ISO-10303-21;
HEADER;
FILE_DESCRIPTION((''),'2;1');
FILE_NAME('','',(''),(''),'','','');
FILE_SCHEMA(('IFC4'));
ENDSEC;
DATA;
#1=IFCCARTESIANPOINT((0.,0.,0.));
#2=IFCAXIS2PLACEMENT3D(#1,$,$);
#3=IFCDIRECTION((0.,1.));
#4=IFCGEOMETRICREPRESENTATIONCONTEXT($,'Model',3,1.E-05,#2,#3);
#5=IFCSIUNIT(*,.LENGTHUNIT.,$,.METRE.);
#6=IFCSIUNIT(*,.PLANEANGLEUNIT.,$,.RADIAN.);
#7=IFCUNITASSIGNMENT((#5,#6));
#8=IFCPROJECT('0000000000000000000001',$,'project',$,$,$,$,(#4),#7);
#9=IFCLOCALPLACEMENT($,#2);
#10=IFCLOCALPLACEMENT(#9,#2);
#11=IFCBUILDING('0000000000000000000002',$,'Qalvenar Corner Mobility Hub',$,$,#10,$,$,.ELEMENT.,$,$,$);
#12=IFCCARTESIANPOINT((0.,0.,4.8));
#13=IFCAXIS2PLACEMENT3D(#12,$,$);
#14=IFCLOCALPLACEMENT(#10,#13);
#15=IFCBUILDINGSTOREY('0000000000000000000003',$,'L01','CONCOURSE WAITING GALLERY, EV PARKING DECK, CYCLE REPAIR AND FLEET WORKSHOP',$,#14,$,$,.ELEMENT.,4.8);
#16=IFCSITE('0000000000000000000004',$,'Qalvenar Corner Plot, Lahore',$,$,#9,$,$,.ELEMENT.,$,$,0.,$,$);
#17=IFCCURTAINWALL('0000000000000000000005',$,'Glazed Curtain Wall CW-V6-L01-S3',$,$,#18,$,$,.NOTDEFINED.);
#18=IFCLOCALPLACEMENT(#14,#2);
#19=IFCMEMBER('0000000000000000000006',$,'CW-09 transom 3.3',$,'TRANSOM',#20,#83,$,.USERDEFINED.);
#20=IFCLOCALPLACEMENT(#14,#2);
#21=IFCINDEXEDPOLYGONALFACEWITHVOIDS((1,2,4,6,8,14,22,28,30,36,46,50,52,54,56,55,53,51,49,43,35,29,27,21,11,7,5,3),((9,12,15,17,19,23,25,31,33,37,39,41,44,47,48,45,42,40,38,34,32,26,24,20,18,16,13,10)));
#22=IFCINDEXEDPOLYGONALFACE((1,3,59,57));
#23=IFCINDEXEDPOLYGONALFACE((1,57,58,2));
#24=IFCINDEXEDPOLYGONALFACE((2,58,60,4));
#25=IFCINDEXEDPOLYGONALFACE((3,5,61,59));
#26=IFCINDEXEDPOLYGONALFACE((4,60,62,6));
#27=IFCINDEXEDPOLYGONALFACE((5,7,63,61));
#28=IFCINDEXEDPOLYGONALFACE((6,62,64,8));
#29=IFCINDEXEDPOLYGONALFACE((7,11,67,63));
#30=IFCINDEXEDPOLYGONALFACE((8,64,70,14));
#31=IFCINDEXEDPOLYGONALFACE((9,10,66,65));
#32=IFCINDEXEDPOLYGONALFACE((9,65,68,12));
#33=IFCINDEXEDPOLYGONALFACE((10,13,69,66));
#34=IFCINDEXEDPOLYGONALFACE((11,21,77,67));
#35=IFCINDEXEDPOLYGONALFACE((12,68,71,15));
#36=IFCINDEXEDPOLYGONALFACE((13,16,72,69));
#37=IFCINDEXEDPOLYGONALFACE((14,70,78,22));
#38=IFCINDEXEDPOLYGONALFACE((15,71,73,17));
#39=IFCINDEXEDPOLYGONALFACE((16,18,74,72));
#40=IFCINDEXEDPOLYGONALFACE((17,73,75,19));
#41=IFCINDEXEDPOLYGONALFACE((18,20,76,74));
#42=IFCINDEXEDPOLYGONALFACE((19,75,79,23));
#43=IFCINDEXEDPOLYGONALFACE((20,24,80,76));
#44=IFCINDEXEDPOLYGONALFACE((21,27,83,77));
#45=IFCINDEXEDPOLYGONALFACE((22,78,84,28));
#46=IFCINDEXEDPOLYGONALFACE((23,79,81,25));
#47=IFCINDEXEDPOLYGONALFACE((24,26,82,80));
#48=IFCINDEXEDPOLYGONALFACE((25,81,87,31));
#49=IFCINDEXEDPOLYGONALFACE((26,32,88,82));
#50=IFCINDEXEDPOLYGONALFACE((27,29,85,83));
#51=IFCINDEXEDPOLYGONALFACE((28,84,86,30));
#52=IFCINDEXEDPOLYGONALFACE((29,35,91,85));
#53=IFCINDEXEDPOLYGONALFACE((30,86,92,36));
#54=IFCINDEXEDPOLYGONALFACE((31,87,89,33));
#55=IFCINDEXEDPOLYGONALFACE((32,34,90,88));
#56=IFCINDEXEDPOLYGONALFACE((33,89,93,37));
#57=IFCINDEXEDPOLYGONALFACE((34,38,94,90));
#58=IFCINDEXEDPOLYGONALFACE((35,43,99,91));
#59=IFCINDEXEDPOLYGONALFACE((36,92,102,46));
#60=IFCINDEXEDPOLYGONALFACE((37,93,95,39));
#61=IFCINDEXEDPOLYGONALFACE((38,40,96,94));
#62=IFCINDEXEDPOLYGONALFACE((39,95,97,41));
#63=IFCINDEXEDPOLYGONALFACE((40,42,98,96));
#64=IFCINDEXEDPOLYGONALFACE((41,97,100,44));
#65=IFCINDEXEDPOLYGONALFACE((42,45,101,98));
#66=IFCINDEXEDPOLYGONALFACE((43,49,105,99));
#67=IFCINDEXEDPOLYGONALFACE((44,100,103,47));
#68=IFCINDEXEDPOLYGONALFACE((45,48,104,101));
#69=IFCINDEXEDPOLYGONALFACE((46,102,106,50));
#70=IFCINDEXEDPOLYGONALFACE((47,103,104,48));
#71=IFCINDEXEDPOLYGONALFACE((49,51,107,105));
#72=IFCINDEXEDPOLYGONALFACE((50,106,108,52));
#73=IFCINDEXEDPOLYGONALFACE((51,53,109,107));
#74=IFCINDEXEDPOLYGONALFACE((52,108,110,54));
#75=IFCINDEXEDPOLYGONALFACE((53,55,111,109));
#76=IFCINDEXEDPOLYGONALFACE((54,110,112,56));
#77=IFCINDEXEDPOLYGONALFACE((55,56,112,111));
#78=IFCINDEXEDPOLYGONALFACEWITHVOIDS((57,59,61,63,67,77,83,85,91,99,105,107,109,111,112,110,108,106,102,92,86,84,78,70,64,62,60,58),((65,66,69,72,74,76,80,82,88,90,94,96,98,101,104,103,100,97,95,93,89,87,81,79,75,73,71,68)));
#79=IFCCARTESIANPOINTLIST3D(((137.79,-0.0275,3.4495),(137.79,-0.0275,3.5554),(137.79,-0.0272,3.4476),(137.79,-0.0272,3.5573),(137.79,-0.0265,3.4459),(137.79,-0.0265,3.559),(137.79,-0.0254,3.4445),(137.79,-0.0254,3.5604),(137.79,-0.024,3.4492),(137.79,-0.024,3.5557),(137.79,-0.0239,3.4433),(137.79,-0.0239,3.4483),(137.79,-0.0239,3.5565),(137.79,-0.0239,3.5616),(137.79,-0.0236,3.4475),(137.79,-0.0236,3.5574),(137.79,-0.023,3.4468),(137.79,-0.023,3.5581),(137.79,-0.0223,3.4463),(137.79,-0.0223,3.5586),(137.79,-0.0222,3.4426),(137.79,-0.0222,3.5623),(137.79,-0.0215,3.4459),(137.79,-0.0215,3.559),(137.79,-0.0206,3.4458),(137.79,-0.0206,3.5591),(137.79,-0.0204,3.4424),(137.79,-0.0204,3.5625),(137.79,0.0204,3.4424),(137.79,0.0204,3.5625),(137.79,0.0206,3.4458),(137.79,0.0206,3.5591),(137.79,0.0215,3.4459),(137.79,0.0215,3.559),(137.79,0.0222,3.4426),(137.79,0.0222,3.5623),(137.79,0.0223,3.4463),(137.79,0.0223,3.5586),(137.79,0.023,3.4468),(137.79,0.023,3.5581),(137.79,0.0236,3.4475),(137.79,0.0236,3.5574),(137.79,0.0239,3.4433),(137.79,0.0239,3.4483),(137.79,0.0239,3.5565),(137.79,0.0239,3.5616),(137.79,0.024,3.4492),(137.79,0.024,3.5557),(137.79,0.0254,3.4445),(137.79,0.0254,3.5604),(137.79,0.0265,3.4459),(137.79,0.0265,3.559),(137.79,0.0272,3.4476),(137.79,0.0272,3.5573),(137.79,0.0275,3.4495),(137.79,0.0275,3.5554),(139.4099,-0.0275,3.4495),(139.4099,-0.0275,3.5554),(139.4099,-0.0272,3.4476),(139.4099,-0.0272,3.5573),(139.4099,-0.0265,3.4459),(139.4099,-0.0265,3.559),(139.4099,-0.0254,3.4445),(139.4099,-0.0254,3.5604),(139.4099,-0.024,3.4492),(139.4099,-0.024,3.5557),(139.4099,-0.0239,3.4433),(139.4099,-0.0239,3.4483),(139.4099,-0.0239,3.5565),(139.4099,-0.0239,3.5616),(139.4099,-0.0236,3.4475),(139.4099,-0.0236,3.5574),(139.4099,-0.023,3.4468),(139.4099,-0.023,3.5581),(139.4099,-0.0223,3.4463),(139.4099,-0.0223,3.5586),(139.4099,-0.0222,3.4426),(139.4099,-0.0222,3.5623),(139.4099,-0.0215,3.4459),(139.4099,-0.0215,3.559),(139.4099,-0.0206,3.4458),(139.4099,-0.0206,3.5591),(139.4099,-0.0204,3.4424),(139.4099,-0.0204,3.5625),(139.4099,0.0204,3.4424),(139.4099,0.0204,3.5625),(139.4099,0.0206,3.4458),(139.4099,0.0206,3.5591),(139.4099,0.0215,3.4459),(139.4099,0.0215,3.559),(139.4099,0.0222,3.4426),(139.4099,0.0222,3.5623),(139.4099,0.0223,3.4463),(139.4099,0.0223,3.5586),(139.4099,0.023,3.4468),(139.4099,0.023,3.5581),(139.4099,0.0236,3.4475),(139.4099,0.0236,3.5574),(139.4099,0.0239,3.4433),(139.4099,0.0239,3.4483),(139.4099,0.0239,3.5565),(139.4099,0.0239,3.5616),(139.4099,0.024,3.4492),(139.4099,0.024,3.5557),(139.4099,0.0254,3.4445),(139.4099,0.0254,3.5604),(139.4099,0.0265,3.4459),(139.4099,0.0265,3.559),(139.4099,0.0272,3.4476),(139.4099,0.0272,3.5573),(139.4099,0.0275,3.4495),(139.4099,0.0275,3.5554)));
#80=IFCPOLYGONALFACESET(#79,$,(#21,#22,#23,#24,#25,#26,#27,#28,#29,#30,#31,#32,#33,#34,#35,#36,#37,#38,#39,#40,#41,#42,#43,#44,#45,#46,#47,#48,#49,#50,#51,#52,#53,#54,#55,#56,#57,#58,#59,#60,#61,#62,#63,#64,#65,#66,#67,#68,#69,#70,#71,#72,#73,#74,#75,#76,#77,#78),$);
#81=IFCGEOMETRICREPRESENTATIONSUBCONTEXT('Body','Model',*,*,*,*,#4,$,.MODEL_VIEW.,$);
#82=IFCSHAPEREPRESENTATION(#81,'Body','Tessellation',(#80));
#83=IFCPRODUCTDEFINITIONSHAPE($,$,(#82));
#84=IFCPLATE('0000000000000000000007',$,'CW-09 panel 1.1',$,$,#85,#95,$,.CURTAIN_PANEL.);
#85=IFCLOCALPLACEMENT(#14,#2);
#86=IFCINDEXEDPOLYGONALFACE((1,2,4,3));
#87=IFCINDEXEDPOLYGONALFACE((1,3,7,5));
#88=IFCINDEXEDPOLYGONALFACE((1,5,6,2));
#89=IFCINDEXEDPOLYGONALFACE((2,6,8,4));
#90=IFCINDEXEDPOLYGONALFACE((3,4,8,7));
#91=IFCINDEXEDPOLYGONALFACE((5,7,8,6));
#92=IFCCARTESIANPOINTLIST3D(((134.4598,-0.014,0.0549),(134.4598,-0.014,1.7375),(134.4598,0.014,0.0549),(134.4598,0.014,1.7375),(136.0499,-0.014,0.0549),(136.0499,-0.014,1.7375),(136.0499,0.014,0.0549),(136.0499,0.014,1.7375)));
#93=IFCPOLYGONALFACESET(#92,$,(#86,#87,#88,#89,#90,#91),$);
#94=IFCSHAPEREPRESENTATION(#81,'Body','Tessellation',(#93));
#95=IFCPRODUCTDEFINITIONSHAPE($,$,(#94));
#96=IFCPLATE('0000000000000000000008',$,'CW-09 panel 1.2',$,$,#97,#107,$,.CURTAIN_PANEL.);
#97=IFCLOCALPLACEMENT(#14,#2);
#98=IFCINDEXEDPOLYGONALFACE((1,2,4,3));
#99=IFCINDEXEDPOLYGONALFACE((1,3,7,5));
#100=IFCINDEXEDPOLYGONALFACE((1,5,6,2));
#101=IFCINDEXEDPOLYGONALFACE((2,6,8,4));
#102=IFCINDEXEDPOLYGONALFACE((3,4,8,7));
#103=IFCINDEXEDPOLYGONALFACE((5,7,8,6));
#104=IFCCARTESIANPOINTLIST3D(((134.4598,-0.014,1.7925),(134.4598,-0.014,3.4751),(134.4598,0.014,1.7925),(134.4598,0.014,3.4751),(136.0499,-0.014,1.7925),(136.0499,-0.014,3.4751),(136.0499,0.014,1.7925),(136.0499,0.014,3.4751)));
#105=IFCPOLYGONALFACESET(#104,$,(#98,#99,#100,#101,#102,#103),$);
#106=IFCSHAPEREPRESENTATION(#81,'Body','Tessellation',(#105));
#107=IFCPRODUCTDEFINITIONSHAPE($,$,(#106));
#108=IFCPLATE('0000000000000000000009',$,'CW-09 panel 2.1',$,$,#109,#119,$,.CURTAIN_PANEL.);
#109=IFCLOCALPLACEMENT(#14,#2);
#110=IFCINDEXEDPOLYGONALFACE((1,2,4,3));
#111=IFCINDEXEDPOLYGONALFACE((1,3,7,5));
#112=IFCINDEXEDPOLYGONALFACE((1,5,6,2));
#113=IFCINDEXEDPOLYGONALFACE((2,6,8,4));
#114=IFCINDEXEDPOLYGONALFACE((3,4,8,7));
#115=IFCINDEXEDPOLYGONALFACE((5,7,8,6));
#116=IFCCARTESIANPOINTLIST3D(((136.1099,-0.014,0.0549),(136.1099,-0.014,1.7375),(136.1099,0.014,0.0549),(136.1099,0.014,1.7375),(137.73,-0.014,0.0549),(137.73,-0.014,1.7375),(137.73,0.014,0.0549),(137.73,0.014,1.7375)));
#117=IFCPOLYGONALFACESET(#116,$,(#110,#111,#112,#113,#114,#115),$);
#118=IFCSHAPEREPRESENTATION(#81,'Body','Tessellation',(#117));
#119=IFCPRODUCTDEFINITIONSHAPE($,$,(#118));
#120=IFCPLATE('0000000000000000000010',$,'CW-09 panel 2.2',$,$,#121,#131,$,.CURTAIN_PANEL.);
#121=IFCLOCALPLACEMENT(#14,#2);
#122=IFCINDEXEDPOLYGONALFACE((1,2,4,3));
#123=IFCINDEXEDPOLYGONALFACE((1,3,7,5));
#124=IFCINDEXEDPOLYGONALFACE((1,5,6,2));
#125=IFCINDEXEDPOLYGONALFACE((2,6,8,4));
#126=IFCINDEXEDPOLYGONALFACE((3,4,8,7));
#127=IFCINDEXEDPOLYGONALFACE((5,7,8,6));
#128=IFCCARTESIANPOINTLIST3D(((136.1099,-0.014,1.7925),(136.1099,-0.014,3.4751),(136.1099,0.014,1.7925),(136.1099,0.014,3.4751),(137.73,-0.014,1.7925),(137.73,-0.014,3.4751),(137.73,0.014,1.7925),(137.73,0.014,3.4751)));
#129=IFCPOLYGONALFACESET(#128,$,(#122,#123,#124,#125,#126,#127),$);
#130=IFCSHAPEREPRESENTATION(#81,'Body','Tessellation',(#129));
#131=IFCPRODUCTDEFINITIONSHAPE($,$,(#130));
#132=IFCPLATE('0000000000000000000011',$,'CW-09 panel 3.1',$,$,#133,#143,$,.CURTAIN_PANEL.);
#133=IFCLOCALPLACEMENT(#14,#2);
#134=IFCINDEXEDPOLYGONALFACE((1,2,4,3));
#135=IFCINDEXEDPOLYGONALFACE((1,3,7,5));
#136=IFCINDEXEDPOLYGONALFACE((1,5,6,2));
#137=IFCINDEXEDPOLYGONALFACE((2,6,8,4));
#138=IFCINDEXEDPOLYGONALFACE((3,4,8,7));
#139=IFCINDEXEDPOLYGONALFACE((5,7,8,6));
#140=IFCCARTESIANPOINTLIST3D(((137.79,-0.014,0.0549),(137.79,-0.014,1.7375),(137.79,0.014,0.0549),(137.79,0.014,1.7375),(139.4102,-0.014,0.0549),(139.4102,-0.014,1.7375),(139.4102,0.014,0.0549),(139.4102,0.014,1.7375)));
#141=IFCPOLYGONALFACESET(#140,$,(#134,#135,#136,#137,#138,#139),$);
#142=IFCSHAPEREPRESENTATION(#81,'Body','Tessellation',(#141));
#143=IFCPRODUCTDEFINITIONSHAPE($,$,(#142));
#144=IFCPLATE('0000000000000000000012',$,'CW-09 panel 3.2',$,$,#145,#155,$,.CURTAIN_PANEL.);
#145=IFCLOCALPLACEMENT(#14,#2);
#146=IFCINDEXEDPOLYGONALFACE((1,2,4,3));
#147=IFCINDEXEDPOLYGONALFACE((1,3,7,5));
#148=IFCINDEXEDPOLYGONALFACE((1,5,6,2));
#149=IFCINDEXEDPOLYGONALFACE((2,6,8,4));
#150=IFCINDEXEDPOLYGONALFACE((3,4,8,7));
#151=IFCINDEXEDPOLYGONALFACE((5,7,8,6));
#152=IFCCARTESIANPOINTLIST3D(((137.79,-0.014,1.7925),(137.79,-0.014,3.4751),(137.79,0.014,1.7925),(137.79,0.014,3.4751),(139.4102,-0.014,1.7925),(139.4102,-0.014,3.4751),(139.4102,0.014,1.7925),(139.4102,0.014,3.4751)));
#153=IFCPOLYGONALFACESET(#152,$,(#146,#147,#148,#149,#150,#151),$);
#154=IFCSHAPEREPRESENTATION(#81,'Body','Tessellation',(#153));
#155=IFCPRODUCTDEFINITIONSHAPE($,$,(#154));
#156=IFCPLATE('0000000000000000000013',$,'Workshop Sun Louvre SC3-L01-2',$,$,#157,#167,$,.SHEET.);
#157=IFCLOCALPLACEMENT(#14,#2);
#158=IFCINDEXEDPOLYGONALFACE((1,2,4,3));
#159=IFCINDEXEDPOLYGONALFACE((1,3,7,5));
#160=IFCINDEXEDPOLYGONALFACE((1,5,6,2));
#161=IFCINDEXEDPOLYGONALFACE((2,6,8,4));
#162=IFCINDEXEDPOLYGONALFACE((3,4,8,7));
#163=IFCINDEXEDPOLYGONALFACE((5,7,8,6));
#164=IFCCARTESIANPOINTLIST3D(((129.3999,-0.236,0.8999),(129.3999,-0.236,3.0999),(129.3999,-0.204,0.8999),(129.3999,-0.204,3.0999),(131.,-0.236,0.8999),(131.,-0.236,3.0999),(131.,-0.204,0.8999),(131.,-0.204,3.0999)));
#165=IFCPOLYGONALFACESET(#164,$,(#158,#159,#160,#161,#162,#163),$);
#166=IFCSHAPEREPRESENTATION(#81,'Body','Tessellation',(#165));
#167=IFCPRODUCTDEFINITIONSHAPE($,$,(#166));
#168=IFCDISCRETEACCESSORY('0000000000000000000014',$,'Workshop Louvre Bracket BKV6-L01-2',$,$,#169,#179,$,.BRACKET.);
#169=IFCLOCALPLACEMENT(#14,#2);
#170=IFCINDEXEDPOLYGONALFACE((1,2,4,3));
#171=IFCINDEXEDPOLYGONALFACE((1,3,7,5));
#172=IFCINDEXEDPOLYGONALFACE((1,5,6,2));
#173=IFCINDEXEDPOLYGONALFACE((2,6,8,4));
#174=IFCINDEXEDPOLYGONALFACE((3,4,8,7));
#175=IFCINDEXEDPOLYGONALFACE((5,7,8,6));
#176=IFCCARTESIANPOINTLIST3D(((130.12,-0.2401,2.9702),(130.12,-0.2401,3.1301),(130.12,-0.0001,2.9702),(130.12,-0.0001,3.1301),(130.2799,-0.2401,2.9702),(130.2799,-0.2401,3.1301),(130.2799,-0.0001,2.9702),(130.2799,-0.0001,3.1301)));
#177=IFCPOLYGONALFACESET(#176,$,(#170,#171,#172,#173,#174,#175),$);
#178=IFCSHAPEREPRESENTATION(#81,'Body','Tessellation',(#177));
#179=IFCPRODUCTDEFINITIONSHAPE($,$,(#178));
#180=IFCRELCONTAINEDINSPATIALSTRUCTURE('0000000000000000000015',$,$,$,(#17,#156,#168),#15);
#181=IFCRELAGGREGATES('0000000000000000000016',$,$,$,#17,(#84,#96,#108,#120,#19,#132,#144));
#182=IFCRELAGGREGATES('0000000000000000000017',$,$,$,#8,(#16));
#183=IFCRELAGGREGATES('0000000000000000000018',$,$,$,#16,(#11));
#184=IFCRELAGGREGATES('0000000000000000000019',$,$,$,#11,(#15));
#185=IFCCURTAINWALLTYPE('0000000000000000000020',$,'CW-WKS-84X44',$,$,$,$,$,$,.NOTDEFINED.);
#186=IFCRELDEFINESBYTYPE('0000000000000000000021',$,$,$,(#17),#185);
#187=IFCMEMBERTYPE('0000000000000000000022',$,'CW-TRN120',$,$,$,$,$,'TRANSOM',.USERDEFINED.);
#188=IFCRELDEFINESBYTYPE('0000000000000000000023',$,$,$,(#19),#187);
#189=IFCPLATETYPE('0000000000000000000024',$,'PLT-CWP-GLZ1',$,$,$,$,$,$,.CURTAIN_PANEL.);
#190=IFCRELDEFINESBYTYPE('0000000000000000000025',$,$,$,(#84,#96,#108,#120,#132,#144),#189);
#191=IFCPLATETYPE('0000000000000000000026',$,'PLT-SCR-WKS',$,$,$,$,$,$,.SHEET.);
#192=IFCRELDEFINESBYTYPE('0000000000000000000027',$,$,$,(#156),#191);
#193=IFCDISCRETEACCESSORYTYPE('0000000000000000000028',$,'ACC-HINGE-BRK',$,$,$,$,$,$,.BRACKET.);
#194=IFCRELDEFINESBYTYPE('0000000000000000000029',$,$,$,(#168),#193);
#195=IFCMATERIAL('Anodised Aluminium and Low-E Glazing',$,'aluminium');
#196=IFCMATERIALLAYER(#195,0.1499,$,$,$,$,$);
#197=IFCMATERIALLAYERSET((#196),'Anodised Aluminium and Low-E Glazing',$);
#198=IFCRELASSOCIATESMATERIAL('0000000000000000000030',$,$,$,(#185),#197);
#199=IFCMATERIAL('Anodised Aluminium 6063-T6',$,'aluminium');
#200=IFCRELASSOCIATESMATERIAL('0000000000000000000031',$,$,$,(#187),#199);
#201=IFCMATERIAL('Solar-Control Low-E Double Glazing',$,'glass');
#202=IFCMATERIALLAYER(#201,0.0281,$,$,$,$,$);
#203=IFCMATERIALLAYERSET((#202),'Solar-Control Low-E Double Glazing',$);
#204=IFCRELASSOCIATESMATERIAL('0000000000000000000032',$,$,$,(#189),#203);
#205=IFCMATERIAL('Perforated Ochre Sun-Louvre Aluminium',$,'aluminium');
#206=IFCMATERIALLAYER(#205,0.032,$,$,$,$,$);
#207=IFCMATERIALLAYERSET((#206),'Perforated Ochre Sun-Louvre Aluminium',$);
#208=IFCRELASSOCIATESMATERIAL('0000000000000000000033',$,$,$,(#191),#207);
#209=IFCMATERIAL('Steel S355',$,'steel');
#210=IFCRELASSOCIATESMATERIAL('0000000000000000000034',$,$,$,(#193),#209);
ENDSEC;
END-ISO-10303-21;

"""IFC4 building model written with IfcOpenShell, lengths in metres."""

from ifc_helpers import new_model, si_unit, direction, frame, origin, origin_2d, place, context, subcontext, project, spatial, rectangle, hollow_rectangle, extrude, material, layer, layer_set, material_profile, profile_set, type_object, element, aggregate, save


model = new_model("IFC4")

# Units and contexts
model_context = context("Model", 3, precision=1e-05, world=origin(), true_north=direction((0.0, 1.0)))
body_context = subcontext(model_context, "Body", "Model", "MODEL_VIEW")
ifc_project = project(units=[si_unit("LENGTHUNIT", "METRE"), si_unit("PLANEANGLEUNIT", "RADIAN")], contexts=[model_context])

# Site, building, storey
site_placement = place(None, origin())
site = spatial("IfcSite", under=ifc_project, at=site_placement, Name="Qalvenar Corner Plot, Lahore", CompositionType="ELEMENT", RefElevation=0.0)
building_placement = place(site_placement, origin())
building = spatial("IfcBuilding", under=site, at=building_placement, Name="Qalvenar Corner Mobility Hub", CompositionType="ELEMENT")
storey_placement = place(building_placement, frame((0.0, 0.0, 4.8)))
storey = spatial("IfcBuildingStorey", under=building, at=storey_placement, Name="L01", Description="CONCOURSE WAITING GALLERY, EV PARKING DECK, CYCLE REPAIR AND FLEET WORKSHOP", CompositionType="ELEMENT", Elevation=4.8)

# Shared definitions
ifc_material_1 = material(Name="Steel S355", Category="steel")

# Curtain wall, member, plates
ifc_material_2 = material(Name="Anodised Aluminium and Low-E Glazing", Category="aluminium")
ifc_layer_1 = layer(ifc_material_2, 0.1499)
ifc_layer_set_1 = layer_set([ifc_layer_1], Name="Anodised Aluminium and Low-E Glazing")
curtain_wall_type = type_object("IfcCurtainWallType", Name="CW-WKS-84X44", PredefinedType="NOTDEFINED", material=ifc_layer_set_1)
curtain_wall_placement = place(storey_placement, origin())
curtain_wall = element("IfcCurtainWall", 1, at=curtain_wall_placement, inside=storey, type_object=curtain_wall_type, Name="Glazed Curtain Wall CW-V6-L01-S3", PredefinedType="NOTDEFINED")
ifc_material_3 = material(Name="Anodised Aluminium 6063-T6", Category="aluminium")
ifc_material_profile_1 = material_profile(ifc_material_3, hollow_rectangle(XDim=0.0549, YDim=0.1201, WallThickness=0.0034, InnerFilletRadius=0.0034, OuterFilletRadius=0.0071, at=origin_2d()), Name="RHS120x55x3.5")
ifc_profile_set_1 = profile_set([ifc_material_profile_1], Name="Anodised Aluminium 6063-T6")
member_type_1 = type_object("IfcMemberType", Name="CW-TRN120", ElementType="TRANSOM", PredefinedType="USERDEFINED", material=ifc_profile_set_1)
member_1_placement = place(storey_placement, frame((137.79, 0.0, 3.5024), z_axis=(1.0, 0.0, 0.0), x_axis=(0.0, 1.0, 0.0)))
member_1 = element("IfcMember", 2, at=member_1_placement, type_object=member_type_1, Name="CW-09 transom 3.3", ObjectType="TRANSOM", PredefinedType="USERDEFINED", context=body_context, shape_type="SweptSolid", body=[
    extrude(hollow_rectangle(XDim=0.0549, YDim=0.1201, WallThickness=0.0034, InnerFilletRadius=0.0034, OuterFilletRadius=0.0071, at=origin_2d()), origin(), (0.0, 0.0, 1.0), 1.6199),
])
ifc_material_4 = material(Name="Solar-Control Low-E Double Glazing", Category="glass")
ifc_layer_2 = layer(ifc_material_4, 0.0281)
ifc_layer_set_2 = layer_set([ifc_layer_2], Name="Solar-Control Low-E Double Glazing")
plate_type_1 = type_object("IfcPlateType", Name="PLT-CWP-GLZ1", PredefinedType="CURTAIN_PANEL", material=ifc_layer_set_2)
plate_1_placement = place(storey_placement, frame((135.2549, 0.0, 0.0549), z_axis=(0.0, 0.0, 1.0), x_axis=(1.0, 0.0, 0.0)))
plate_1 = element("IfcPlate", 3, at=plate_1_placement, type_object=plate_type_1, Name="CW-09 panel 1.1", PredefinedType="CURTAIN_PANEL", context=body_context, shape_type="SweptSolid", body=[
    extrude(rectangle(XDim=1.5901, YDim=0.0281, at=origin_2d()), origin(), (0.0, 0.0, 1.0), 1.6826),
])
plate_2_placement = place(storey_placement, frame((135.2549, 0.0, 1.7925), z_axis=(0.0, 0.0, 1.0), x_axis=(1.0, 0.0, 0.0)))
plate_2 = element("IfcPlate", 4, at=plate_2_placement, type_object=plate_type_1, Name="CW-09 panel 1.2", PredefinedType="CURTAIN_PANEL", context=body_context, shape_type="SweptSolid", body=[
    extrude(rectangle(XDim=1.5901, YDim=0.0281, at=origin_2d()), origin(), (0.0, 0.0, 1.0), 1.6826),
])
plate_3_placement = place(storey_placement, frame((136.9199, 0.0, 0.0549), z_axis=(0.0, 0.0, 1.0), x_axis=(1.0, 0.0, 0.0)))
plate_3 = element("IfcPlate", 5, at=plate_3_placement, type_object=plate_type_1, Name="CW-09 panel 2.1", PredefinedType="CURTAIN_PANEL", context=body_context, shape_type="SweptSolid", body=[
    extrude(rectangle(XDim=1.6201, YDim=0.0281, at=origin_2d()), origin(), (0.0, 0.0, 1.0), 1.6826),
])
plate_4_placement = place(storey_placement, frame((136.9199, 0.0, 1.7925), z_axis=(0.0, 0.0, 1.0), x_axis=(1.0, 0.0, 0.0)))
plate_4 = element("IfcPlate", 6, at=plate_4_placement, type_object=plate_type_1, Name="CW-09 panel 2.2", PredefinedType="CURTAIN_PANEL", context=body_context, shape_type="SweptSolid", body=[
    extrude(rectangle(XDim=1.6201, YDim=0.0281, at=origin_2d()), origin(), (0.0, 0.0, 1.0), 1.6826),
])
plate_5_placement = place(storey_placement, frame((138.6001, 0.0, 0.0549), z_axis=(0.0, 0.0, 1.0), x_axis=(1.0, 0.0, 0.0)))
plate_5 = element("IfcPlate", 7, at=plate_5_placement, type_object=plate_type_1, Name="CW-09 panel 3.1", PredefinedType="CURTAIN_PANEL", context=body_context, shape_type="SweptSolid", body=[
    extrude(rectangle(XDim=1.6201, YDim=0.0281, at=origin_2d()), origin(), (0.0, 0.0, 1.0), 1.6826),
])
plate_6_placement = place(storey_placement, frame((138.6001, 0.0, 1.7925), z_axis=(0.0, 0.0, 1.0), x_axis=(1.0, 0.0, 0.0)))
plate_6 = element("IfcPlate", 8, at=plate_6_placement, type_object=plate_type_1, Name="CW-09 panel 3.2", PredefinedType="CURTAIN_PANEL", context=body_context, shape_type="SweptSolid", body=[
    extrude(rectangle(XDim=1.6201, YDim=0.0281, at=origin_2d()), origin(), (0.0, 0.0, 1.0), 1.6826),
])
aggregate(curtain_wall, [plate_1, plate_2, plate_3, plate_4, member_1, plate_5, plate_6])

# Plate
ifc_material_5 = material(Name="Perforated Ochre Sun-Louvre Aluminium", Category="aluminium")
ifc_layer_3 = layer(ifc_material_5, 0.032)
ifc_layer_set_3 = layer_set([ifc_layer_3], Name="Perforated Ochre Sun-Louvre Aluminium")
plate_type_2 = type_object("IfcPlateType", Name="PLT-SCR-WKS", PredefinedType="SHEET", material=ifc_layer_set_3)
plate_7_placement = place(storey_placement, frame((130.2, -0.22, 0.8999), z_axis=(0.0, 0.0, 1.0), x_axis=(1.0, 0.0, 0.0)))
element("IfcPlate", 9, at=plate_7_placement, inside=storey, type_object=plate_type_2, Name="Workshop Sun Louvre SC3-L01-2", PredefinedType="SHEET", context=body_context, shape_type="SweptSolid", body=[
    extrude(rectangle(XDim=1.6001, YDim=0.032, at=origin_2d()), origin(), (0.0, 0.0, 1.0), 2.2),
])

# Discrete accessory
discrete_accessory_type = type_object("IfcDiscreteAccessoryType", Name="ACC-HINGE-BRK", PredefinedType="BRACKET", material=ifc_material_1)
discrete_accessory_placement = place(storey_placement, frame((130.2, -0.1201, 2.9702), z_axis=(0.0, 0.0, 1.0), x_axis=(1.0, 0.0, 0.0)))
element("IfcDiscreteAccessory", 10, at=discrete_accessory_placement, inside=storey, type_object=discrete_accessory_type, Name="Workshop Louvre Bracket BKV6-L01-2", PredefinedType="BRACKET", context=body_context, shape_type="SweptSolid", body=[
    extrude(rectangle(XDim=0.1599, YDim=0.24, at=origin_2d()), origin(), (0.0, 0.0, 1.0), 0.1599),
])

save(model, "model.ifc")
